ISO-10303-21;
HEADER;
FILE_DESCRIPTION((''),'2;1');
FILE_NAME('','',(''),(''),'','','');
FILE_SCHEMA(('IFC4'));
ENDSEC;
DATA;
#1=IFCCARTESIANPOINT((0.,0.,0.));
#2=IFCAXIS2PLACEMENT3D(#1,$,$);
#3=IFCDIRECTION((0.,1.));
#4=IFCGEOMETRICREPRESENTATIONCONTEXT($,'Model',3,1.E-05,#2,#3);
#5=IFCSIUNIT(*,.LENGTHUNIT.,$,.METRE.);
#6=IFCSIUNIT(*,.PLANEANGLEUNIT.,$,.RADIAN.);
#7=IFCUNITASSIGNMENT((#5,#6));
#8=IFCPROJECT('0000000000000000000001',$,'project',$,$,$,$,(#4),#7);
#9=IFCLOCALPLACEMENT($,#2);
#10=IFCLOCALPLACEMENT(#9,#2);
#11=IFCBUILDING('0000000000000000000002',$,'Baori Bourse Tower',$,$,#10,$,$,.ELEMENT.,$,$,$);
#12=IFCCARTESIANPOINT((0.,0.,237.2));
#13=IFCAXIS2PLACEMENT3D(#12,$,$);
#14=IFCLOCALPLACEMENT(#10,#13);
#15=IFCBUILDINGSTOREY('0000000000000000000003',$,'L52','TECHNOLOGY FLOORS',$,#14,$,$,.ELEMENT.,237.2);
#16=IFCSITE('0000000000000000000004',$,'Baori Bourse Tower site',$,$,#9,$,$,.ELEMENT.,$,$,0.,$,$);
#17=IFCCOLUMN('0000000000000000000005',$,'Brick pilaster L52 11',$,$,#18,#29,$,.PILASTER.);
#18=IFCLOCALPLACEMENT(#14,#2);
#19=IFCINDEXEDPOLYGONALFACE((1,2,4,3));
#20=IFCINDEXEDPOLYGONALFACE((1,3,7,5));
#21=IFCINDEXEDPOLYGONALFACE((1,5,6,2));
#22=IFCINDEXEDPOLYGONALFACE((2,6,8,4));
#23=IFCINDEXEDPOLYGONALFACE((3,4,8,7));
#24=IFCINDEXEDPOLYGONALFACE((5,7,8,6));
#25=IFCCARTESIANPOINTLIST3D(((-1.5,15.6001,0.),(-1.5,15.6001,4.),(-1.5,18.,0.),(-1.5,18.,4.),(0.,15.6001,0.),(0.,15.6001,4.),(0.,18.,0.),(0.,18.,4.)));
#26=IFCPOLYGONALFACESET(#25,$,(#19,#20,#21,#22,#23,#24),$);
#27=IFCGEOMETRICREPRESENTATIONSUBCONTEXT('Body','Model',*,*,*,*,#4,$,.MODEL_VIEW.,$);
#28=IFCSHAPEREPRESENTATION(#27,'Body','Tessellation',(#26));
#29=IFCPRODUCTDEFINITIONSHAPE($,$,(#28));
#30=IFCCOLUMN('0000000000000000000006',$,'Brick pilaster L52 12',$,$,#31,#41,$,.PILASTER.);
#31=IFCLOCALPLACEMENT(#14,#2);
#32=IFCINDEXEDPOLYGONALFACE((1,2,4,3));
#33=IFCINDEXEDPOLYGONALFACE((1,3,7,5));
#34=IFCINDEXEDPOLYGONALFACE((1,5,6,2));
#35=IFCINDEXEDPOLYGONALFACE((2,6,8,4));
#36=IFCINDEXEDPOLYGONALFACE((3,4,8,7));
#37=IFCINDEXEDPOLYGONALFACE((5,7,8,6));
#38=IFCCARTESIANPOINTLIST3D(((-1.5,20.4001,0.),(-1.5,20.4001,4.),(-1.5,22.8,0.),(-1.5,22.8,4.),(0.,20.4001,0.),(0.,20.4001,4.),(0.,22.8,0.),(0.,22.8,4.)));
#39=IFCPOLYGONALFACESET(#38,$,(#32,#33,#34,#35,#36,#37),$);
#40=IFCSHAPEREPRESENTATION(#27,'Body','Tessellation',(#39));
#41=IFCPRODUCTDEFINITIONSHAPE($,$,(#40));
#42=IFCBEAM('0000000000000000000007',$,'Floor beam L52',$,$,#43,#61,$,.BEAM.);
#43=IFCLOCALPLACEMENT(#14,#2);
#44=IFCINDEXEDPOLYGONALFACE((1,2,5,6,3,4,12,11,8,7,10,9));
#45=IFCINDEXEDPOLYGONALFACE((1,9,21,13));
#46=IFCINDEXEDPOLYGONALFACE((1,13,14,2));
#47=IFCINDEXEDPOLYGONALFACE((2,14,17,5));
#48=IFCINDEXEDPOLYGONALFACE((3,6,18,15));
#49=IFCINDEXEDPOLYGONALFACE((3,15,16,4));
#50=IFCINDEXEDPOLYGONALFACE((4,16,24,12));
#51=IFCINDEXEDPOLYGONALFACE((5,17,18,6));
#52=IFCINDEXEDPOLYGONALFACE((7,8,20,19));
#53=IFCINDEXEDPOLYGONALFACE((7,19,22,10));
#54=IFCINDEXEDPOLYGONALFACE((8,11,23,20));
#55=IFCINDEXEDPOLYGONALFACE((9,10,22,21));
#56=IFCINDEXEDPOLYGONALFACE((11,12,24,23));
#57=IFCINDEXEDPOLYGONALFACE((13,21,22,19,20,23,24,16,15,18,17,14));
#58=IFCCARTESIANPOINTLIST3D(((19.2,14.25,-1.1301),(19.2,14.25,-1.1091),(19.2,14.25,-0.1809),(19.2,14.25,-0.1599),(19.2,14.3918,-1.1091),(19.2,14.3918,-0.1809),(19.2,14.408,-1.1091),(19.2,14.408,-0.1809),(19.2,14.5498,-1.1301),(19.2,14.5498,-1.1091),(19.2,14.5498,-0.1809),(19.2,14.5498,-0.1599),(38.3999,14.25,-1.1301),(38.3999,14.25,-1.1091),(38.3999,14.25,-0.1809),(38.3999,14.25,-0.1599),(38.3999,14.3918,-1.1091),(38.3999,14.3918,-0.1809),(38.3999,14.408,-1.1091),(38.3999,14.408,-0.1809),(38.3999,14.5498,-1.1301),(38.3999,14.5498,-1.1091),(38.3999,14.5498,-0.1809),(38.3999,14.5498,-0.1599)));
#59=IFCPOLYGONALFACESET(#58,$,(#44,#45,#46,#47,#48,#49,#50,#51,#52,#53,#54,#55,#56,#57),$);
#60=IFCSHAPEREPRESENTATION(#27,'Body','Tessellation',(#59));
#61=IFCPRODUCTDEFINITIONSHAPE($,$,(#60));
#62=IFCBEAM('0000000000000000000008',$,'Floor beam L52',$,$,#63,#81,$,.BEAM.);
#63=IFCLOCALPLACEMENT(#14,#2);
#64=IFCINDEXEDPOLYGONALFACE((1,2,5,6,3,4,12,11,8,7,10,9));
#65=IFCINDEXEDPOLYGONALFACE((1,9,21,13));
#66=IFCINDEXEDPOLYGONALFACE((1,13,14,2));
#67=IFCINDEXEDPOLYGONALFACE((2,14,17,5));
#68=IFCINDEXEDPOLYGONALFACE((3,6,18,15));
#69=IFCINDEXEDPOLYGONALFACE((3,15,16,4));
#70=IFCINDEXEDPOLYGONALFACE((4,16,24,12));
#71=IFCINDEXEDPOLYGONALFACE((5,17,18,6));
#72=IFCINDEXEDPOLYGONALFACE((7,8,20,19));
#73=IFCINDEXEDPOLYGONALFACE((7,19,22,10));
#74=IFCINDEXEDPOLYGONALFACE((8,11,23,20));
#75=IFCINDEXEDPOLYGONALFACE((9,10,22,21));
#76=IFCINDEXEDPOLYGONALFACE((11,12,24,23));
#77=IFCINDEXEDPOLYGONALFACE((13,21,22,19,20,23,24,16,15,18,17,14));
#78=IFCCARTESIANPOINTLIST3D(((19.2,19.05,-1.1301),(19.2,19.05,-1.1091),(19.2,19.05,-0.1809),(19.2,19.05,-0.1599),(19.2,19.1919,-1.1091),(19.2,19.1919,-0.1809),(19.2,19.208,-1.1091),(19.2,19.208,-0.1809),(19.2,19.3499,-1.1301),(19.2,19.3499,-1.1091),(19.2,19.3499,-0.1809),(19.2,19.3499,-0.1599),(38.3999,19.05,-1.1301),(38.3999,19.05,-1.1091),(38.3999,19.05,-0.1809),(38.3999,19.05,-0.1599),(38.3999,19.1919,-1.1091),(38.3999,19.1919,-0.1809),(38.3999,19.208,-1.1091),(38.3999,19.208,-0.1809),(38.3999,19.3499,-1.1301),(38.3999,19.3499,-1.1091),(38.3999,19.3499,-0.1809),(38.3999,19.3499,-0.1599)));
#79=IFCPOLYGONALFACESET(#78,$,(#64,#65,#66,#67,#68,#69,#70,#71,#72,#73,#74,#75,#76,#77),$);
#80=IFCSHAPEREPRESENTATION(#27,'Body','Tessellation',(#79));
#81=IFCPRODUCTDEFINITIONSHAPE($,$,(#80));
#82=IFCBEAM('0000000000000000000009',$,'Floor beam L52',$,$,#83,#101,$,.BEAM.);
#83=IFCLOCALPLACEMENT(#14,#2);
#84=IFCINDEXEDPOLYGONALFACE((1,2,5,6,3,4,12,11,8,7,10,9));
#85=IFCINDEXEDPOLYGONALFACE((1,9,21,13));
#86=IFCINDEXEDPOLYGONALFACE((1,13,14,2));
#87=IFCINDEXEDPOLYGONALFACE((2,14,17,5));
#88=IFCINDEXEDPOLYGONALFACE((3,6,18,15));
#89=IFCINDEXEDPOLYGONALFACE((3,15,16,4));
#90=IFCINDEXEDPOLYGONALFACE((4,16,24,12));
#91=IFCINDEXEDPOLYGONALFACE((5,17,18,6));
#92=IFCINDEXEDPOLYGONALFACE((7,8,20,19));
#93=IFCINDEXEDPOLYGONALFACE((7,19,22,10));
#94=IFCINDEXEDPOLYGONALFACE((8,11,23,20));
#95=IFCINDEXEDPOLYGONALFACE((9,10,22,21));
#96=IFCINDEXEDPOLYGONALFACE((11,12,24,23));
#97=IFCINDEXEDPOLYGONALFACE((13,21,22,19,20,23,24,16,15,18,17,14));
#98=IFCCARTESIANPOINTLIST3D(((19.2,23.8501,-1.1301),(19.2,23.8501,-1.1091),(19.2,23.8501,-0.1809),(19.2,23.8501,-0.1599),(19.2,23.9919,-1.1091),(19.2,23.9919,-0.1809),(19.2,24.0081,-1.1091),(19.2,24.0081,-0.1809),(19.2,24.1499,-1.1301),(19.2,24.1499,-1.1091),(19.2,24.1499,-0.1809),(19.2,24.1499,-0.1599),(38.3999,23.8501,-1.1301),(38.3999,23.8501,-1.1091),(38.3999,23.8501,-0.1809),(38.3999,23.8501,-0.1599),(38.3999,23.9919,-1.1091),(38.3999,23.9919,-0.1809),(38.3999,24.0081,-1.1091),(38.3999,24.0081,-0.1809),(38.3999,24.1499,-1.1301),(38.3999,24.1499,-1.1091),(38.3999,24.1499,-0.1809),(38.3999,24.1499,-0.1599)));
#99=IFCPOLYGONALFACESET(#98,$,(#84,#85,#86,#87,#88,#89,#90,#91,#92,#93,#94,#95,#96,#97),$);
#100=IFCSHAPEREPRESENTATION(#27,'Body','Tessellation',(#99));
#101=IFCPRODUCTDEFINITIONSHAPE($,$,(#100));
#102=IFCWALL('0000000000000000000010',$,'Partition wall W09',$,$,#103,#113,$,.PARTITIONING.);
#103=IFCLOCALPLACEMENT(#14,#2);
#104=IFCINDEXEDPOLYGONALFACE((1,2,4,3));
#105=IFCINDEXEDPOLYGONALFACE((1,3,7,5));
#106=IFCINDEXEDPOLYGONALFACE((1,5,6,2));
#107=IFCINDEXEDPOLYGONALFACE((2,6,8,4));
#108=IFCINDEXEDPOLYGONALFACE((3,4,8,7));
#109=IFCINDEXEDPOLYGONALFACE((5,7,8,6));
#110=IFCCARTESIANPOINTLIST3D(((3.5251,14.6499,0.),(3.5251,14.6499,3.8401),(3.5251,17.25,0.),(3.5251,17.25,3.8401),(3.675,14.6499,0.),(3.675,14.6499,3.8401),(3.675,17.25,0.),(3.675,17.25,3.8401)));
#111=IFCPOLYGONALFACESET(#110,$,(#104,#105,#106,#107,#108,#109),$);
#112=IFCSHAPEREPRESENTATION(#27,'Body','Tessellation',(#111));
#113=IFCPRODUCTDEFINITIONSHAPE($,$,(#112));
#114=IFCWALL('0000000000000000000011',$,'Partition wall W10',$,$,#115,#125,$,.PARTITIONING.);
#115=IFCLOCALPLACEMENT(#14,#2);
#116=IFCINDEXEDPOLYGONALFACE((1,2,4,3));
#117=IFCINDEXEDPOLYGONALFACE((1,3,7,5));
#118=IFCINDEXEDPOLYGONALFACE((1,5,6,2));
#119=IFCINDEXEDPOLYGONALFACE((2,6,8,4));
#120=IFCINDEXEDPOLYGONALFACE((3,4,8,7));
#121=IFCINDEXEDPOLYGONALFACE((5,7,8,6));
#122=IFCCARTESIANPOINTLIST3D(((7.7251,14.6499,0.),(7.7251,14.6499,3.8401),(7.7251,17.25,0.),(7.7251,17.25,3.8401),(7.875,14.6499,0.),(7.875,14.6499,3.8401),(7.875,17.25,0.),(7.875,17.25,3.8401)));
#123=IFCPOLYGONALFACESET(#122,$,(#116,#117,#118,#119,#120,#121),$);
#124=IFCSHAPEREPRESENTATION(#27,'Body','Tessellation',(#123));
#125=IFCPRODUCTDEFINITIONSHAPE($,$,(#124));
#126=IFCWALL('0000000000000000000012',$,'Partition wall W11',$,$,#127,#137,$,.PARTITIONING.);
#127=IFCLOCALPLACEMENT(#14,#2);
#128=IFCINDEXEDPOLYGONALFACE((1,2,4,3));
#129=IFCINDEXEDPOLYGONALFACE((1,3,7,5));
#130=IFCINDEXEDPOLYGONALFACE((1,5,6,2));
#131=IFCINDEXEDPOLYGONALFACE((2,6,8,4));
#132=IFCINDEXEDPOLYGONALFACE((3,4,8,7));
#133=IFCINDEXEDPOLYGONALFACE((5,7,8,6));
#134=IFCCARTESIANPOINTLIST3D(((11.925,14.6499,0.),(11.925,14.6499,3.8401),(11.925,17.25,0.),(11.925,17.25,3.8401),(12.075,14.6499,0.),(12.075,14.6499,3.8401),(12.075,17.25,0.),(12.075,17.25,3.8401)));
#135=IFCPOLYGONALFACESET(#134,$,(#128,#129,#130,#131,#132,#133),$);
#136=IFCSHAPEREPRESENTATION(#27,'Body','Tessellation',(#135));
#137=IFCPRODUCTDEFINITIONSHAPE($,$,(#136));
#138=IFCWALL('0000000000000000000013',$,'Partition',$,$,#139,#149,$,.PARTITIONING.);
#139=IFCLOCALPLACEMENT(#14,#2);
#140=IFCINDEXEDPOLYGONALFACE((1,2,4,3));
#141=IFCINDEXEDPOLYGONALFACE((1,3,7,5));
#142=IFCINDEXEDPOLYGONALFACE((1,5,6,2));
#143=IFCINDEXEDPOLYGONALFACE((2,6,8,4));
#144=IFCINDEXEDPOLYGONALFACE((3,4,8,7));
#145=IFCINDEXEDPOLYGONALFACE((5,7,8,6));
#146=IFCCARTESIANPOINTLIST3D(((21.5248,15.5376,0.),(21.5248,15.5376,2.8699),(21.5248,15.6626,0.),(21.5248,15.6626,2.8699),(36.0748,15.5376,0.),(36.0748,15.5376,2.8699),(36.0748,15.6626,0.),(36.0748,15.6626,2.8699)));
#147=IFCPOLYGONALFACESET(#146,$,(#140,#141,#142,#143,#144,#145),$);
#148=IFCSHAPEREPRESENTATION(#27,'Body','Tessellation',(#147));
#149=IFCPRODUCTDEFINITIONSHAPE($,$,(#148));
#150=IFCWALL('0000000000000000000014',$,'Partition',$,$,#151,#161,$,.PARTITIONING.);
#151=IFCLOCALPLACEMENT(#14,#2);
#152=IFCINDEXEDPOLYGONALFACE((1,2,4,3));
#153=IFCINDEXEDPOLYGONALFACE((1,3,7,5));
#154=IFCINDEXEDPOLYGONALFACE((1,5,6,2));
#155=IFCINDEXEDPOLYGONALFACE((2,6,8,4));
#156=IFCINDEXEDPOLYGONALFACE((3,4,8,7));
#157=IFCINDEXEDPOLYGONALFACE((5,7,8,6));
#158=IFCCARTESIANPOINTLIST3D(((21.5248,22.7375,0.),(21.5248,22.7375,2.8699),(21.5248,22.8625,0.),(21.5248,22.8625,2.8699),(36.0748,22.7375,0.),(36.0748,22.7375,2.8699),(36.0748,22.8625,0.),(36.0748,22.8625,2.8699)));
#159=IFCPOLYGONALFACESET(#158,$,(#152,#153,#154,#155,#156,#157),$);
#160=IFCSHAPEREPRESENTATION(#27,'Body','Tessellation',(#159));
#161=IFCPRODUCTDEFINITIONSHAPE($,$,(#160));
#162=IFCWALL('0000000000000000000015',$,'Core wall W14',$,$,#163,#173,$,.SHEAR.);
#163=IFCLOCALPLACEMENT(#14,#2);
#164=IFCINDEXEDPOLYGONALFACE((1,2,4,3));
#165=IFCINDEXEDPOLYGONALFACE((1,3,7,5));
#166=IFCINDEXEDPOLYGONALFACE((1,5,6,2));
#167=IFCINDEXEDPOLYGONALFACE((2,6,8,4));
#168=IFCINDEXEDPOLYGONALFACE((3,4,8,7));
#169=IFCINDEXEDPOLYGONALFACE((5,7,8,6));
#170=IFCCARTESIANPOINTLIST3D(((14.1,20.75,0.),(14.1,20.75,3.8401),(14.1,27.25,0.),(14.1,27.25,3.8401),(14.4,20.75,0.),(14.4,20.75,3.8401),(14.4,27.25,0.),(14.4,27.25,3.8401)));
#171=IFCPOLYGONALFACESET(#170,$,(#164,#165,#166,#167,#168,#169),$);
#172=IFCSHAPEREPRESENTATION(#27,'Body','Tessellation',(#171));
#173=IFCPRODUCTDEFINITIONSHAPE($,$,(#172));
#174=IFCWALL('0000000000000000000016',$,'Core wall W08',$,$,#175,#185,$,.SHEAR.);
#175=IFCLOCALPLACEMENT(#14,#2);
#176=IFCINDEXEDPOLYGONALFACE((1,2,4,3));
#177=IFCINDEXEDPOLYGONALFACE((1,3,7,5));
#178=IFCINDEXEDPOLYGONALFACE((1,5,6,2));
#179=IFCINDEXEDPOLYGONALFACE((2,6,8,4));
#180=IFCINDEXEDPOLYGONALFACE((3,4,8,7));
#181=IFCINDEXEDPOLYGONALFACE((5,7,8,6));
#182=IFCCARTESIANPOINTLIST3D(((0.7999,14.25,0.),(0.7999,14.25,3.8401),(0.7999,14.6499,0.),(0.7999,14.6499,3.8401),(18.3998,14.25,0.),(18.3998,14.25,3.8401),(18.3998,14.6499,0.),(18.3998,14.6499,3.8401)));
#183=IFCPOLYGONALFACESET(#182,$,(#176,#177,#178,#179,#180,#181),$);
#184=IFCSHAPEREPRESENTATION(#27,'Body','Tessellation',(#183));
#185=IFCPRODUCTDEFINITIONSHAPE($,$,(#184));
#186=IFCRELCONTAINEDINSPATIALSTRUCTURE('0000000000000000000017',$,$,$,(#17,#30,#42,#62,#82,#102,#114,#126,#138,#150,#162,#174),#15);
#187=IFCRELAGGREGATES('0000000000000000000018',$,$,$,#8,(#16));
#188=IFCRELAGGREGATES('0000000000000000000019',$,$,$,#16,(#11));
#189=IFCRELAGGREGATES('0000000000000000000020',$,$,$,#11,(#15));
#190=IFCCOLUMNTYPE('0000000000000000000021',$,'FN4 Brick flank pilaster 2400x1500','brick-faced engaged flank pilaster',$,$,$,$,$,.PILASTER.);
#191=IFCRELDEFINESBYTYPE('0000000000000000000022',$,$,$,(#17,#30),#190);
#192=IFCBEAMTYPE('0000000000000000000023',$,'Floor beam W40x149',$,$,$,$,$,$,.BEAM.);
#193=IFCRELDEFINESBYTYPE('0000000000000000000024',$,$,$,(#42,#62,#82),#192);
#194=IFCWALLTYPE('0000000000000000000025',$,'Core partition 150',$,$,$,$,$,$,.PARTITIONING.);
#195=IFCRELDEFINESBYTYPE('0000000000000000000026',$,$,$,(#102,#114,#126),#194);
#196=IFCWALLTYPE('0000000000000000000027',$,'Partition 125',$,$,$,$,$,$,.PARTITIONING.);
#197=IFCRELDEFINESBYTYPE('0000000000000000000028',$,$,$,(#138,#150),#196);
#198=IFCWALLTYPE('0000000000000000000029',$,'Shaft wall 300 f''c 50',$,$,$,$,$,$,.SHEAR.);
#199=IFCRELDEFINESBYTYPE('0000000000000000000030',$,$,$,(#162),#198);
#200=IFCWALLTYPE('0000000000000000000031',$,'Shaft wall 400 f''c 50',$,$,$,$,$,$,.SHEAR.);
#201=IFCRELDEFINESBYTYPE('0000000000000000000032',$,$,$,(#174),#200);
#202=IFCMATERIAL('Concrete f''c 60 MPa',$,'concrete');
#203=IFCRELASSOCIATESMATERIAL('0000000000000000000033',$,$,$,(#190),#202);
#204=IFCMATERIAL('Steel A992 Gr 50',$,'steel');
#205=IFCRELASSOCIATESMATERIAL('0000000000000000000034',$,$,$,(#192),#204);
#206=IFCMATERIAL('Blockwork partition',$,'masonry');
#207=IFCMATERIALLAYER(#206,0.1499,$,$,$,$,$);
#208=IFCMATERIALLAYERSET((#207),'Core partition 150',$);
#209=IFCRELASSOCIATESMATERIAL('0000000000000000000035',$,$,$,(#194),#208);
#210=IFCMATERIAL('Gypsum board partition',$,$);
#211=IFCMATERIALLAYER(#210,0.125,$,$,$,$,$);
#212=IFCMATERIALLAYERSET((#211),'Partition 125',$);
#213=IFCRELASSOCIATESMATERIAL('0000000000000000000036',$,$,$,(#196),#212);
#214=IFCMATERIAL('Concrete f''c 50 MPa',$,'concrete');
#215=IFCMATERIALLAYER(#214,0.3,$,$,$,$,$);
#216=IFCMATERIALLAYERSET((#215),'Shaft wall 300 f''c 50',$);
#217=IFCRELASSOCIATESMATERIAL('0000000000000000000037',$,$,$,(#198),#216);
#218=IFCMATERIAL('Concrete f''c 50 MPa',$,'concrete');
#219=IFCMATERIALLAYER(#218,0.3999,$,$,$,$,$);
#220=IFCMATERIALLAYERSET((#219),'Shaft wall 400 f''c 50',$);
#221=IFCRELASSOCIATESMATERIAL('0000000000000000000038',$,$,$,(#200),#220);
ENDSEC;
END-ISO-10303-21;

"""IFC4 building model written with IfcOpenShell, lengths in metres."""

from ifc_helpers import new_model, si_unit, direction, frame, frame_2d, origin, origin_2d, place, context, subcontext, project, spatial, rectangle, i_section, extrude, material, layer, layer_set, material_profile, profile_set, type_object, element, save


model = new_model("IFC4")

# Units and contexts
model_context = context("Model", 3, precision=1e-05, world=origin(), true_north=direction((0.0, 1.0)))
body_context = subcontext(model_context, "Body", "Model", "MODEL_VIEW")
ifc_project = project(units=[si_unit("LENGTHUNIT", "METRE"), si_unit("PLANEANGLEUNIT", "RADIAN")], contexts=[model_context])

# Site, building, storey
site_placement = place(None, origin())
site = spatial("IfcSite", under=ifc_project, at=site_placement, Name="Baori Bourse Tower site", CompositionType="ELEMENT", RefElevation=0.0)
building_placement = place(site_placement, origin())
building = spatial("IfcBuilding", under=site, at=building_placement, Name="Baori Bourse Tower", CompositionType="ELEMENT")
storey_placement = place(building_placement, frame((0.0, 0.0, 237.2)))
storey = spatial("IfcBuildingStorey", under=building, at=storey_placement, Name="L52", Description="TECHNOLOGY FLOORS", CompositionType="ELEMENT", Elevation=237.2)

# Columns
ifc_material_1 = material(Name="Concrete f'c 60 MPa", Category="concrete")
ifc_material_profile_1 = material_profile(ifc_material_1, rectangle(XDim=2.3999, YDim=1.5, at=origin_2d()), Name="RC 2400x1500")
ifc_profile_set_1 = profile_set([ifc_material_profile_1], Name="Concrete f'c 60 MPa")
column_type = type_object("IfcColumnType", Name="FN4 Brick flank pilaster 2400x1500", Description="brick-faced engaged flank pilaster", PredefinedType="PILASTER", material=ifc_profile_set_1)
for number, where, z_axis, x_axis, name in (
    (1, (-0.75, 16.8, 0.0), (0.0, 0.0, 1.0), (0.0, 1.0, 0.0), "Brick pilaster L52 11"),
    (2, (-0.75, 21.6001, 0.0), (0.0, 0.0, 1.0), (0.0, 1.0, 0.0), "Brick pilaster L52 12"),
):
    element("IfcColumn", number, at=place(storey_placement, frame(where, z_axis=z_axis, x_axis=x_axis)), inside=storey, type_object=column_type, Name=name, PredefinedType="PILASTER", context=body_context, shape_type="SweptSolid", body=[
        extrude(rectangle(XDim=2.3999, YDim=1.5, at=origin_2d()), origin(), (0.0, 0.0, 1.0), 4.0),
    ])

# Beams
ifc_material_2 = material(Name="Steel A992 Gr 50", Category="steel")
ifc_material_profile_2 = material_profile(ifc_material_2, i_section(OverallWidth=0.2998, OverallDepth=0.9702, WebThickness=0.0161, FlangeThickness=0.021, at=origin_2d()), Name="W40x149")
ifc_profile_set_2 = profile_set([ifc_material_profile_2], Name="Steel A992 Gr 50")
beam_type = type_object("IfcBeamType", Name="Floor beam W40x149", PredefinedType="BEAM", material=ifc_profile_set_2)
for number, where, z_axis, x_axis, name in (
    (3, (19.2, 14.3999, -0.645), (1.0, 0.0, 0.0), (0.0, 1.0, 0.0), "Floor beam L52"),
    (4, (19.2, 19.2, -0.645), (1.0, 0.0, 0.0), (0.0, 1.0, 0.0), "Floor beam L52"),
    (5, (19.2, 24.0, -0.645), (1.0, 0.0, 0.0), (0.0, 1.0, 0.0), "Floor beam L52"),
):
    element("IfcBeam", number, at=place(storey_placement, frame(where, z_axis=z_axis, x_axis=x_axis)), inside=storey, type_object=beam_type, Name=name, PredefinedType="BEAM", context=body_context, shape_type="SweptSolid", body=[
        extrude(i_section(OverallWidth=0.2998, OverallDepth=0.9702, WebThickness=0.0161, FlangeThickness=0.021, at=origin_2d()), origin(), (0.0, 0.0, 1.0), 19.2),
    ])

# Walls
ifc_material_3 = material(Name="Blockwork partition", Category="masonry")
ifc_layer_1 = layer(ifc_material_3, 0.1499)
ifc_layer_set_1 = layer_set([ifc_layer_1], Name="Core partition 150")
wall_type_1 = type_object("IfcWallType", Name="Core partition 150", PredefinedType="PARTITIONING", material=ifc_layer_set_1)
for number, where, z_axis, x_axis, name in (
    (6, (3.6001, 14.6499, 0.0), (0.0, 0.0, 1.0), (0.0, 1.0, 0.0), "Partition wall W09"),
    (7, (7.8, 14.6499, 0.0), (0.0, 0.0, 1.0), (0.0, 1.0, 0.0), "Partition wall W10"),
    (8, (12.0, 14.6499, 0.0), (0.0, 0.0, 1.0), (0.0, 1.0, 0.0), "Partition wall W11"),
):
    element("IfcWall", number, at=place(storey_placement, frame(where, z_axis=z_axis, x_axis=x_axis)), inside=storey, type_object=wall_type_1, Name=name, PredefinedType="PARTITIONING", context=body_context, shape_type="SweptSolid", body=[
        extrude(rectangle(XDim=2.6001, YDim=0.1499, at=frame_2d((1.3, 0.0))), origin(), (0.0, 0.0, 1.0), 3.8401),
    ])
ifc_material_4 = material(Name="Gypsum board partition")
ifc_layer_2 = layer(ifc_material_4, 0.125)
ifc_layer_set_2 = layer_set([ifc_layer_2], Name="Partition 125")
wall_type_2 = type_object("IfcWallType", Name="Partition 125", PredefinedType="PARTITIONING", material=ifc_layer_set_2)
for number, where, z_axis, x_axis, name in (
    (9, (21.5249, 15.6001, 0.0), (0.0, 0.0, 1.0), (1.0, 0.0, 0.0), "Partition"),
    (10, (21.5249, 22.8, 0.0), (0.0, 0.0, 1.0), (1.0, 0.0, 0.0), "Partition"),
):
    element("IfcWall", number, at=place(storey_placement, frame(where, z_axis=z_axis, x_axis=x_axis)), inside=storey, type_object=wall_type_2, Name=name, PredefinedType="PARTITIONING", context=body_context, shape_type="SweptSolid", body=[
        extrude(rectangle(XDim=14.55, YDim=0.125, at=frame_2d((7.2749, 0.0))), origin(), (0.0, 0.0, 1.0), 2.8699),
    ])
ifc_material_5 = material(Name="Concrete f'c 50 MPa", Category="concrete")
ifc_layer_3 = layer(ifc_material_5, 0.3)
ifc_layer_set_3 = layer_set([ifc_layer_3], Name="Shaft wall 300 f'c 50")
wall_type_3 = type_object("IfcWallType", Name="Shaft wall 300 f'c 50", PredefinedType="SHEAR", material=ifc_layer_set_3)
wall_1_placement = place(storey_placement, frame((14.25, 20.75, 0.0), z_axis=(0.0, 0.0, 1.0), x_axis=(0.0, 1.0, 0.0)))
element("IfcWall", 11, at=wall_1_placement, inside=storey, type_object=wall_type_3, Name="Core wall W14", PredefinedType="SHEAR", context=body_context, shape_type="SweptSolid", body=[
    extrude(rectangle(XDim=6.5, YDim=0.3, at=frame_2d((3.25, 0.0))), origin(), (0.0, 0.0, 1.0), 3.8401),
])
ifc_material_6 = material(Name="Concrete f'c 50 MPa", Category="concrete")
ifc_layer_4 = layer(ifc_material_6, 0.3999)
ifc_layer_set_4 = layer_set([ifc_layer_4], Name="Shaft wall 400 f'c 50")
wall_type_4 = type_object("IfcWallType", Name="Shaft wall 400 f'c 50", PredefinedType="SHEAR", material=ifc_layer_set_4)
wall_2_placement = place(storey_placement, frame((0.8, 14.45, 0.0), z_axis=(0.0, 0.0, 1.0), x_axis=(1.0, 0.0, 0.0)))
element("IfcWall", 12, at=wall_2_placement, inside=storey, type_object=wall_type_4, Name="Core wall W08", PredefinedType="SHEAR", context=body_context, shape_type="SweptSolid", body=[
    extrude(rectangle(XDim=17.5999, YDim=0.3999, at=frame_2d((8.7998, 0.0))), origin(), (0.0, 0.0, 1.0), 3.8401),
])

save(model, "model.ifc")
